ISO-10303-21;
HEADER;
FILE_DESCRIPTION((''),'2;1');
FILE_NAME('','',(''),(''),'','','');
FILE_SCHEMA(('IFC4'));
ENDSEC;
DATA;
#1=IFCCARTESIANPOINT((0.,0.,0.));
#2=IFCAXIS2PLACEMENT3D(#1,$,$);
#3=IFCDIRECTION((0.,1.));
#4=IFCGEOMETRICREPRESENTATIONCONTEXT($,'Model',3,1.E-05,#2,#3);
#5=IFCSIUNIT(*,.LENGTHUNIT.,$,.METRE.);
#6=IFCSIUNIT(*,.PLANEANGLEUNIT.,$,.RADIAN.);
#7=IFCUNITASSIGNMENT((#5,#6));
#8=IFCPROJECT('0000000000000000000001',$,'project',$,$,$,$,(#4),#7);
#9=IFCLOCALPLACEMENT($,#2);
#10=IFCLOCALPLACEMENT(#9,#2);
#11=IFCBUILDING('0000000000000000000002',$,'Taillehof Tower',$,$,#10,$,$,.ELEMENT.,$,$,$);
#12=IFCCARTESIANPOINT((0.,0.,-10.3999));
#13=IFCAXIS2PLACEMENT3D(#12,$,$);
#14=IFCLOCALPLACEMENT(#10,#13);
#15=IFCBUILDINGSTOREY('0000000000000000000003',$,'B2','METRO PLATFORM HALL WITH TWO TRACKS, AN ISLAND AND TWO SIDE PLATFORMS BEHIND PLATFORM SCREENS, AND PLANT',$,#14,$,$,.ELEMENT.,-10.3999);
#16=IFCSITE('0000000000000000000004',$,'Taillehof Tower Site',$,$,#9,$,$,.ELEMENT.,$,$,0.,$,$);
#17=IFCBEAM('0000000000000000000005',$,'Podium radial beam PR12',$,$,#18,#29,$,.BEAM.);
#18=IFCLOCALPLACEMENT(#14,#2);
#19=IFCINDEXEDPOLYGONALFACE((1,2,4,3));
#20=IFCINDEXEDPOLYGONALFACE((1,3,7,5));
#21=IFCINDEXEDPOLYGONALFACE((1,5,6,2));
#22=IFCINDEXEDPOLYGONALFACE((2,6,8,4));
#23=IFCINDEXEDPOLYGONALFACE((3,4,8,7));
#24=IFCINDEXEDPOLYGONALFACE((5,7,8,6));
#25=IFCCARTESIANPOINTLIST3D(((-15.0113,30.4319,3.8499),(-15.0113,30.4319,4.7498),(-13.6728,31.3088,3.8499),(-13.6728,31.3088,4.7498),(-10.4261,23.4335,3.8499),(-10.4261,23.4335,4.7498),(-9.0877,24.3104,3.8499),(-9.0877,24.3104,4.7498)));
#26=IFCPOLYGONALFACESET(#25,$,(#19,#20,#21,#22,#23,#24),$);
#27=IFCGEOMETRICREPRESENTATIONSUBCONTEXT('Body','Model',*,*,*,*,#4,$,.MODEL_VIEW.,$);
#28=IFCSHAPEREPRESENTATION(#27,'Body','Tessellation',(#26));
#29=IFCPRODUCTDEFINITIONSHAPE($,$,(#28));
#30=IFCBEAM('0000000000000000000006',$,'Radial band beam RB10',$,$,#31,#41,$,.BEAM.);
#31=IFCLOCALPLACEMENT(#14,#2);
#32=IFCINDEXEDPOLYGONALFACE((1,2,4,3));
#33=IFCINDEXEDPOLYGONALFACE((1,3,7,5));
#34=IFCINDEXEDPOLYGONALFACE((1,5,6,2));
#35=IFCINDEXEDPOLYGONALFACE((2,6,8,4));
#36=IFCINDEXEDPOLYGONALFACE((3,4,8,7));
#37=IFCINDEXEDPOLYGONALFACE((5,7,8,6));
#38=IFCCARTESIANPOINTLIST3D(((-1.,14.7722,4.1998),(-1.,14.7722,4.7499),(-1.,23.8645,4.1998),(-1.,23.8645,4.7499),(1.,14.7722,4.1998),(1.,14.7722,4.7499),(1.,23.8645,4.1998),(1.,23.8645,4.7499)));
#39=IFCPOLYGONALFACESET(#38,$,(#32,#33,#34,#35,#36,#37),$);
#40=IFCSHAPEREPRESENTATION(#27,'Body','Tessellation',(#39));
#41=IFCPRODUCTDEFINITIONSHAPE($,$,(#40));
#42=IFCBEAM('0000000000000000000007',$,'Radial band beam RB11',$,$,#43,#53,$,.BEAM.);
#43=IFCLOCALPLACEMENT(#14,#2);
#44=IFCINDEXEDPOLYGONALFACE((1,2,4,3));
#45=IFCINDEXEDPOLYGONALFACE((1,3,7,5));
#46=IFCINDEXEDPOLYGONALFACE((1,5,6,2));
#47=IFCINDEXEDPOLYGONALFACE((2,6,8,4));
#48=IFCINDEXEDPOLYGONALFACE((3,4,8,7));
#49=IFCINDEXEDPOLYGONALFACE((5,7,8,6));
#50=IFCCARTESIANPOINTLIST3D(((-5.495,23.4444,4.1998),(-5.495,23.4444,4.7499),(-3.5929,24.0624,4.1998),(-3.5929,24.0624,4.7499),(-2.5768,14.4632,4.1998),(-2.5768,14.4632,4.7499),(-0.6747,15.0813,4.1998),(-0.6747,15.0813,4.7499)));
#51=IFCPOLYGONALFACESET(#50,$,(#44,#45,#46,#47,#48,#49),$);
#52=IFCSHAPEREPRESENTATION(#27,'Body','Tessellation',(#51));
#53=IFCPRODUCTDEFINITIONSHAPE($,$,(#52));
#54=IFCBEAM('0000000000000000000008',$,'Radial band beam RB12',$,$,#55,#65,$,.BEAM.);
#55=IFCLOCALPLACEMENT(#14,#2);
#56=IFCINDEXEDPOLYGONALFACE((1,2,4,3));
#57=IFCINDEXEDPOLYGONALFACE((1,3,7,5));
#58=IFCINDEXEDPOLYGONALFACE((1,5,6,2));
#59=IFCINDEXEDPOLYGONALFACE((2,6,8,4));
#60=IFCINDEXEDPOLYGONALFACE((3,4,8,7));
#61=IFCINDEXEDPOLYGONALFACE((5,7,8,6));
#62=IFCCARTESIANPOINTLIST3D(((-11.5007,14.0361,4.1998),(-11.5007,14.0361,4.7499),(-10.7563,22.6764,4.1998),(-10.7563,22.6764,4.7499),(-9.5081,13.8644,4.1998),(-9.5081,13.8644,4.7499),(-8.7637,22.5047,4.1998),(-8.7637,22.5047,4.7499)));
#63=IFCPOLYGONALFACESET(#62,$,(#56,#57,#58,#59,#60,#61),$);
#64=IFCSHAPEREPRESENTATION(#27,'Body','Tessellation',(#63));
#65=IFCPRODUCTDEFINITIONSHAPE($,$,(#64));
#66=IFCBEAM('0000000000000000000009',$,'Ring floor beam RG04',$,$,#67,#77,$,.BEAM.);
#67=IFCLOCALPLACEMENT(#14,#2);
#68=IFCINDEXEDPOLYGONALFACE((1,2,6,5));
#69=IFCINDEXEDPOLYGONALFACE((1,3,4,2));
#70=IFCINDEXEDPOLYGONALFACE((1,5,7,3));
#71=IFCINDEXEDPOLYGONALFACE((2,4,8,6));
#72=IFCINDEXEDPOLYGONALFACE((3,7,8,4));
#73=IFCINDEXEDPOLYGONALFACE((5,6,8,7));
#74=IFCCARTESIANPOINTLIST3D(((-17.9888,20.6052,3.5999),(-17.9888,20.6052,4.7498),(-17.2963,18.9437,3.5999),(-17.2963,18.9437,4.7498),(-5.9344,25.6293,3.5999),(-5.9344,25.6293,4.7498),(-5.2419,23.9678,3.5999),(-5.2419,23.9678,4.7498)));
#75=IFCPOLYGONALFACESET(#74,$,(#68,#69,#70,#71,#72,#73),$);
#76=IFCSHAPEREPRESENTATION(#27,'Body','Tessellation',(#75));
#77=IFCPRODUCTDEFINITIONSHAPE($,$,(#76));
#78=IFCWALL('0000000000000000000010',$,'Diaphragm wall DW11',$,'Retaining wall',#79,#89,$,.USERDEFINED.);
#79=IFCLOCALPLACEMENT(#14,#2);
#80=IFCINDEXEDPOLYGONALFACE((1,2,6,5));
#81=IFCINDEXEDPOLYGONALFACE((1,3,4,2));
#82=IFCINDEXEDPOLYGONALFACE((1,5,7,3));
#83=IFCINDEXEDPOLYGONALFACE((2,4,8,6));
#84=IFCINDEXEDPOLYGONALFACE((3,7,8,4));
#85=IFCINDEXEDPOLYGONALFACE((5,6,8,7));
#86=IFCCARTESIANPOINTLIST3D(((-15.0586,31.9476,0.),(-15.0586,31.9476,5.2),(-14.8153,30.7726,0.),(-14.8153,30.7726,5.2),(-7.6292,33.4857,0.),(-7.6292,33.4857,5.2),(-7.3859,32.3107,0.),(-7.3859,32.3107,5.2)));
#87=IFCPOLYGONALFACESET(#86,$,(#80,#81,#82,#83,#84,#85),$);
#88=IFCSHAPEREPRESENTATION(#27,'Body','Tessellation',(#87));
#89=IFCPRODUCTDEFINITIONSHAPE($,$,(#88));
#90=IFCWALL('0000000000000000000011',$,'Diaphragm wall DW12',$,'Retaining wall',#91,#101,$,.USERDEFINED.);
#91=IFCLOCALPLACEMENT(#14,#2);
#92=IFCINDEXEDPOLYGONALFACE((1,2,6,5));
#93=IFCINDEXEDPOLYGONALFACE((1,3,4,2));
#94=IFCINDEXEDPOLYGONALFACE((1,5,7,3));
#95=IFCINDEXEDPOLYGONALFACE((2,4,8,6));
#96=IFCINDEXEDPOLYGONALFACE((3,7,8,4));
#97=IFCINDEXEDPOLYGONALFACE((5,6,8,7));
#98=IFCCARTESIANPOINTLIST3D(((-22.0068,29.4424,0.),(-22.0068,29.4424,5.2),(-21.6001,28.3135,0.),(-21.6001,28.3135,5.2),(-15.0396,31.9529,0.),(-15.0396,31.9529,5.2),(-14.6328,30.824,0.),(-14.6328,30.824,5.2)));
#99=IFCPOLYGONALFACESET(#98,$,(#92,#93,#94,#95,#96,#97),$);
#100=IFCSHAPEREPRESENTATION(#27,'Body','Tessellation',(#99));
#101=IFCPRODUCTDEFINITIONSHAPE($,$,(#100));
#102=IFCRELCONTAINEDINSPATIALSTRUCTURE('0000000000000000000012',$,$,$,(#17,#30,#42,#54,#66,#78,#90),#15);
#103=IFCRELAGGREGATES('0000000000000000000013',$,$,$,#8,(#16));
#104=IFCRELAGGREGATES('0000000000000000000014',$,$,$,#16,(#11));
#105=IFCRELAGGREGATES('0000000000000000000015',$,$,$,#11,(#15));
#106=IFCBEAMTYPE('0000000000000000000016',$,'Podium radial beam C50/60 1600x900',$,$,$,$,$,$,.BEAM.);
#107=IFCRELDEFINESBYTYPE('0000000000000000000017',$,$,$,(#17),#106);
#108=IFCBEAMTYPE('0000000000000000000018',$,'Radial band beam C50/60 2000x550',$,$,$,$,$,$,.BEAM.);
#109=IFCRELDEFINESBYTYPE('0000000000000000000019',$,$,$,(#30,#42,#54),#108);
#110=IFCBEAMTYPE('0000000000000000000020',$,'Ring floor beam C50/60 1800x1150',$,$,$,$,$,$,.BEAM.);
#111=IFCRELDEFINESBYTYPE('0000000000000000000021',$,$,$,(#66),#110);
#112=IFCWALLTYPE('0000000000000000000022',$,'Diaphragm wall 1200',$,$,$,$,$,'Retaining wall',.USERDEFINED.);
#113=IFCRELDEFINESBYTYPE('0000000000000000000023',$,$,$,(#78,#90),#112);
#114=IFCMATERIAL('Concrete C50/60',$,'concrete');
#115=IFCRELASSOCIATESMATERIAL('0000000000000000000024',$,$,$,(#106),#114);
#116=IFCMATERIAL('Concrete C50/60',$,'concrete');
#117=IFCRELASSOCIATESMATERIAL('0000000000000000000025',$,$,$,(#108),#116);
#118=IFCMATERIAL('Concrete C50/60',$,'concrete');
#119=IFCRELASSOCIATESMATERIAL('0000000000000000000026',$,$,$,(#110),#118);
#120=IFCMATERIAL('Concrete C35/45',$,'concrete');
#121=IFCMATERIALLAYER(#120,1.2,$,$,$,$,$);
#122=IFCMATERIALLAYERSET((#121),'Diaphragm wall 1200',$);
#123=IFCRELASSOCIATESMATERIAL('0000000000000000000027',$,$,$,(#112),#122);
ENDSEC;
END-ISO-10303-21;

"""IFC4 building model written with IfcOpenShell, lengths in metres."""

from ifc_helpers import new_model, si_unit, direction, frame, frame_2d, origin, origin_2d, place, context, subcontext, project, spatial, rectangle, extrude, material, layer, layer_set, material_profile, profile_set, type_object, element, save


model = new_model("IFC4")

# Units and contexts
model_context = context("Model", 3, precision=1e-05, world=origin(), true_north=direction((0.0, 1.0)))
body_context = subcontext(model_context, "Body", "Model", "MODEL_VIEW")
ifc_project = project(units=[si_unit("LENGTHUNIT", "METRE"), si_unit("PLANEANGLEUNIT", "RADIAN")], contexts=[model_context])

# Site, building, storey
site_placement = place(None, origin())
site = spatial("IfcSite", under=ifc_project, at=site_placement, Name="Taillehof Tower Site", CompositionType="ELEMENT", RefElevation=0.0)
building_placement = place(site_placement, origin())
building = spatial("IfcBuilding", under=site, at=building_placement, Name="Taillehof Tower", CompositionType="ELEMENT")
storey_placement = place(building_placement, frame((0.0, 0.0, -10.3999)))
storey = spatial("IfcBuildingStorey", under=building, at=storey_placement, Name="B2", Description="METRO PLATFORM HALL WITH TWO TRACKS, AN ISLAND AND TWO SIDE PLATFORMS BEHIND PLATFORM SCREENS, AND PLANT", CompositionType="ELEMENT", Elevation=-10.3999)

# Beams
ifc_material_1 = material(Name="Concrete C50/60", Category="concrete")
ifc_material_profile_1 = material_profile(ifc_material_1, rectangle(XDim=1.6001, YDim=0.8999, at=origin_2d()), Name="RC 1600x900")
ifc_profile_set_1 = profile_set([ifc_material_profile_1], Name="Concrete C50/60")
beam_type_1 = type_object("IfcBeamType", Name="Podium radial beam C50/60 1600x900", PredefinedType="BEAM", material=ifc_profile_set_1)
beam_1_placement = place(storey_placement, frame((-14.342, 30.8704, 4.2998), z_axis=(0.548023, -0.836463, 0.0), x_axis=(0.836463, 0.548023, 0.0)))
element("IfcBeam", 1, at=beam_1_placement, inside=storey, type_object=beam_type_1, Name="Podium radial beam PR12", PredefinedType="BEAM", context=body_context, shape_type="SweptSolid", body=[
    extrude(rectangle(XDim=1.6001, YDim=0.8999, at=origin_2d()), origin(), (0.0, 0.0, 1.0), 8.3667),
])
ifc_material_2 = material(Name="Concrete C50/60", Category="concrete")
ifc_material_profile_2 = material_profile(ifc_material_2, rectangle(XDim=2.0, YDim=0.55, at=origin_2d()), Name="RC 2000x550")
ifc_profile_set_2 = profile_set([ifc_material_profile_2], Name="Concrete C50/60")
beam_type_2 = type_object("IfcBeamType", Name="Radial band beam C50/60 2000x550", PredefinedType="BEAM", material=ifc_profile_set_2)
beam_2_placement = place(storey_placement, frame((0.0, 23.8645, 4.4749), z_axis=(0.0, -1.0, 0.0), x_axis=(1.0, 0.0, 0.0)))
element("IfcBeam", 2, at=beam_2_placement, inside=storey, type_object=beam_type_2, Name="Radial band beam RB10", PredefinedType="BEAM", context=body_context, shape_type="SweptSolid", body=[
    extrude(rectangle(XDim=2.0, YDim=0.55, at=origin_2d()), origin(), (0.0, 0.0, 1.0), 9.0923),
])
beam_3_placement = place(storey_placement, frame((-4.5439, 23.7534, 4.4749), z_axis=(0.309021, -0.951055, 0.0), x_axis=(0.951055, 0.309021, 0.0)))
element("IfcBeam", 3, at=beam_3_placement, inside=storey, type_object=beam_type_2, Name="Radial band beam RB11", PredefinedType="BEAM", context=body_context, shape_type="SweptSolid", body=[
    extrude(rectangle(XDim=2.0, YDim=0.55, at=origin_2d()), origin(), (0.0, 0.0, 1.0), 9.4434),
])
beam_4_placement = place(storey_placement, frame((-9.76, 22.5906, 4.4749), z_axis=(-0.085834, -0.996309, 0.0), x_axis=(0.996309, -0.085834, 0.0)))
element("IfcBeam", 4, at=beam_4_placement, inside=storey, type_object=beam_type_2, Name="Radial band beam RB12", PredefinedType="BEAM", context=body_context, shape_type="SweptSolid", body=[
    extrude(rectangle(XDim=2.0, YDim=0.55, at=origin_2d()), origin(), (0.0, 0.0, 1.0), 8.6724),
])
ifc_material_3 = material(Name="Concrete C50/60", Category="concrete")
ifc_material_profile_3 = material_profile(ifc_material_3, rectangle(XDim=1.8, YDim=1.1499, at=origin_2d()), Name="RC 1800x1150")
ifc_profile_set_3 = profile_set([ifc_material_profile_3], Name="Concrete C50/60")
beam_type_3 = type_object("IfcBeamType", Name="Ring floor beam C50/60 1800x1150", PredefinedType="BEAM", material=ifc_profile_set_3)
beam_5_placement = place(storey_placement, frame((-5.5881, 24.7986, 4.1748), z_axis=(-0.923037, -0.384712, 0.0), x_axis=(0.384712, -0.923037, 0.0)))
element("IfcBeam", 5, at=beam_5_placement, inside=storey, type_object=beam_type_3, Name="Ring floor beam RG04", PredefinedType="BEAM", context=body_context, shape_type="SweptSolid", body=[
    extrude(rectangle(XDim=1.8, YDim=1.1499, at=origin_2d()), origin(), (0.0, 0.0, 1.0), 13.0596),
])

# Walls
ifc_material_4 = material(Name="Concrete C35/45", Category="concrete")
ifc_layer = layer(ifc_material_4, 1.2)
ifc_layer_set = layer_set([ifc_layer], Name="Diaphragm wall 1200")
wall_type = type_object("IfcWallType", Name="Diaphragm wall 1200", ElementType="Retaining wall", PredefinedType="USERDEFINED", material=ifc_layer_set)
wall_1_placement = place(storey_placement, frame((-7.5076, 32.8982, 0.0), z_axis=(0.0, 0.0, 1.0), x_axis=(-0.979235, -0.202727, 0.0)))
element("IfcWall", 6, at=wall_1_placement, inside=storey, type_object=wall_type, Name="Diaphragm wall DW11", ObjectType="Retaining wall", PredefinedType="USERDEFINED", context=body_context, shape_type="SweptSolid", body=[
    extrude(rectangle(XDim=7.5869, YDim=1.2, at=frame_2d((3.7935, 0.0))), origin(), (0.0, 0.0, 1.0), 5.2),
])
wall_2_placement = place(storey_placement, frame((-14.8362, 31.3884, 0.0), z_axis=(0.0, 0.0, 1.0), x_axis=(-0.940789, -0.338991, 0.0)))
element("IfcWall", 7, at=wall_2_placement, inside=storey, type_object=wall_type, Name="Diaphragm wall DW12", ObjectType="Retaining wall", PredefinedType="USERDEFINED", context=body_context, shape_type="SweptSolid", body=[
    extrude(rectangle(XDim=7.4058, YDim=1.2, at=frame_2d((3.7029, 0.0))), origin(), (0.0, 0.0, 1.0), 5.2),
])

save(model, "model.ifc")
